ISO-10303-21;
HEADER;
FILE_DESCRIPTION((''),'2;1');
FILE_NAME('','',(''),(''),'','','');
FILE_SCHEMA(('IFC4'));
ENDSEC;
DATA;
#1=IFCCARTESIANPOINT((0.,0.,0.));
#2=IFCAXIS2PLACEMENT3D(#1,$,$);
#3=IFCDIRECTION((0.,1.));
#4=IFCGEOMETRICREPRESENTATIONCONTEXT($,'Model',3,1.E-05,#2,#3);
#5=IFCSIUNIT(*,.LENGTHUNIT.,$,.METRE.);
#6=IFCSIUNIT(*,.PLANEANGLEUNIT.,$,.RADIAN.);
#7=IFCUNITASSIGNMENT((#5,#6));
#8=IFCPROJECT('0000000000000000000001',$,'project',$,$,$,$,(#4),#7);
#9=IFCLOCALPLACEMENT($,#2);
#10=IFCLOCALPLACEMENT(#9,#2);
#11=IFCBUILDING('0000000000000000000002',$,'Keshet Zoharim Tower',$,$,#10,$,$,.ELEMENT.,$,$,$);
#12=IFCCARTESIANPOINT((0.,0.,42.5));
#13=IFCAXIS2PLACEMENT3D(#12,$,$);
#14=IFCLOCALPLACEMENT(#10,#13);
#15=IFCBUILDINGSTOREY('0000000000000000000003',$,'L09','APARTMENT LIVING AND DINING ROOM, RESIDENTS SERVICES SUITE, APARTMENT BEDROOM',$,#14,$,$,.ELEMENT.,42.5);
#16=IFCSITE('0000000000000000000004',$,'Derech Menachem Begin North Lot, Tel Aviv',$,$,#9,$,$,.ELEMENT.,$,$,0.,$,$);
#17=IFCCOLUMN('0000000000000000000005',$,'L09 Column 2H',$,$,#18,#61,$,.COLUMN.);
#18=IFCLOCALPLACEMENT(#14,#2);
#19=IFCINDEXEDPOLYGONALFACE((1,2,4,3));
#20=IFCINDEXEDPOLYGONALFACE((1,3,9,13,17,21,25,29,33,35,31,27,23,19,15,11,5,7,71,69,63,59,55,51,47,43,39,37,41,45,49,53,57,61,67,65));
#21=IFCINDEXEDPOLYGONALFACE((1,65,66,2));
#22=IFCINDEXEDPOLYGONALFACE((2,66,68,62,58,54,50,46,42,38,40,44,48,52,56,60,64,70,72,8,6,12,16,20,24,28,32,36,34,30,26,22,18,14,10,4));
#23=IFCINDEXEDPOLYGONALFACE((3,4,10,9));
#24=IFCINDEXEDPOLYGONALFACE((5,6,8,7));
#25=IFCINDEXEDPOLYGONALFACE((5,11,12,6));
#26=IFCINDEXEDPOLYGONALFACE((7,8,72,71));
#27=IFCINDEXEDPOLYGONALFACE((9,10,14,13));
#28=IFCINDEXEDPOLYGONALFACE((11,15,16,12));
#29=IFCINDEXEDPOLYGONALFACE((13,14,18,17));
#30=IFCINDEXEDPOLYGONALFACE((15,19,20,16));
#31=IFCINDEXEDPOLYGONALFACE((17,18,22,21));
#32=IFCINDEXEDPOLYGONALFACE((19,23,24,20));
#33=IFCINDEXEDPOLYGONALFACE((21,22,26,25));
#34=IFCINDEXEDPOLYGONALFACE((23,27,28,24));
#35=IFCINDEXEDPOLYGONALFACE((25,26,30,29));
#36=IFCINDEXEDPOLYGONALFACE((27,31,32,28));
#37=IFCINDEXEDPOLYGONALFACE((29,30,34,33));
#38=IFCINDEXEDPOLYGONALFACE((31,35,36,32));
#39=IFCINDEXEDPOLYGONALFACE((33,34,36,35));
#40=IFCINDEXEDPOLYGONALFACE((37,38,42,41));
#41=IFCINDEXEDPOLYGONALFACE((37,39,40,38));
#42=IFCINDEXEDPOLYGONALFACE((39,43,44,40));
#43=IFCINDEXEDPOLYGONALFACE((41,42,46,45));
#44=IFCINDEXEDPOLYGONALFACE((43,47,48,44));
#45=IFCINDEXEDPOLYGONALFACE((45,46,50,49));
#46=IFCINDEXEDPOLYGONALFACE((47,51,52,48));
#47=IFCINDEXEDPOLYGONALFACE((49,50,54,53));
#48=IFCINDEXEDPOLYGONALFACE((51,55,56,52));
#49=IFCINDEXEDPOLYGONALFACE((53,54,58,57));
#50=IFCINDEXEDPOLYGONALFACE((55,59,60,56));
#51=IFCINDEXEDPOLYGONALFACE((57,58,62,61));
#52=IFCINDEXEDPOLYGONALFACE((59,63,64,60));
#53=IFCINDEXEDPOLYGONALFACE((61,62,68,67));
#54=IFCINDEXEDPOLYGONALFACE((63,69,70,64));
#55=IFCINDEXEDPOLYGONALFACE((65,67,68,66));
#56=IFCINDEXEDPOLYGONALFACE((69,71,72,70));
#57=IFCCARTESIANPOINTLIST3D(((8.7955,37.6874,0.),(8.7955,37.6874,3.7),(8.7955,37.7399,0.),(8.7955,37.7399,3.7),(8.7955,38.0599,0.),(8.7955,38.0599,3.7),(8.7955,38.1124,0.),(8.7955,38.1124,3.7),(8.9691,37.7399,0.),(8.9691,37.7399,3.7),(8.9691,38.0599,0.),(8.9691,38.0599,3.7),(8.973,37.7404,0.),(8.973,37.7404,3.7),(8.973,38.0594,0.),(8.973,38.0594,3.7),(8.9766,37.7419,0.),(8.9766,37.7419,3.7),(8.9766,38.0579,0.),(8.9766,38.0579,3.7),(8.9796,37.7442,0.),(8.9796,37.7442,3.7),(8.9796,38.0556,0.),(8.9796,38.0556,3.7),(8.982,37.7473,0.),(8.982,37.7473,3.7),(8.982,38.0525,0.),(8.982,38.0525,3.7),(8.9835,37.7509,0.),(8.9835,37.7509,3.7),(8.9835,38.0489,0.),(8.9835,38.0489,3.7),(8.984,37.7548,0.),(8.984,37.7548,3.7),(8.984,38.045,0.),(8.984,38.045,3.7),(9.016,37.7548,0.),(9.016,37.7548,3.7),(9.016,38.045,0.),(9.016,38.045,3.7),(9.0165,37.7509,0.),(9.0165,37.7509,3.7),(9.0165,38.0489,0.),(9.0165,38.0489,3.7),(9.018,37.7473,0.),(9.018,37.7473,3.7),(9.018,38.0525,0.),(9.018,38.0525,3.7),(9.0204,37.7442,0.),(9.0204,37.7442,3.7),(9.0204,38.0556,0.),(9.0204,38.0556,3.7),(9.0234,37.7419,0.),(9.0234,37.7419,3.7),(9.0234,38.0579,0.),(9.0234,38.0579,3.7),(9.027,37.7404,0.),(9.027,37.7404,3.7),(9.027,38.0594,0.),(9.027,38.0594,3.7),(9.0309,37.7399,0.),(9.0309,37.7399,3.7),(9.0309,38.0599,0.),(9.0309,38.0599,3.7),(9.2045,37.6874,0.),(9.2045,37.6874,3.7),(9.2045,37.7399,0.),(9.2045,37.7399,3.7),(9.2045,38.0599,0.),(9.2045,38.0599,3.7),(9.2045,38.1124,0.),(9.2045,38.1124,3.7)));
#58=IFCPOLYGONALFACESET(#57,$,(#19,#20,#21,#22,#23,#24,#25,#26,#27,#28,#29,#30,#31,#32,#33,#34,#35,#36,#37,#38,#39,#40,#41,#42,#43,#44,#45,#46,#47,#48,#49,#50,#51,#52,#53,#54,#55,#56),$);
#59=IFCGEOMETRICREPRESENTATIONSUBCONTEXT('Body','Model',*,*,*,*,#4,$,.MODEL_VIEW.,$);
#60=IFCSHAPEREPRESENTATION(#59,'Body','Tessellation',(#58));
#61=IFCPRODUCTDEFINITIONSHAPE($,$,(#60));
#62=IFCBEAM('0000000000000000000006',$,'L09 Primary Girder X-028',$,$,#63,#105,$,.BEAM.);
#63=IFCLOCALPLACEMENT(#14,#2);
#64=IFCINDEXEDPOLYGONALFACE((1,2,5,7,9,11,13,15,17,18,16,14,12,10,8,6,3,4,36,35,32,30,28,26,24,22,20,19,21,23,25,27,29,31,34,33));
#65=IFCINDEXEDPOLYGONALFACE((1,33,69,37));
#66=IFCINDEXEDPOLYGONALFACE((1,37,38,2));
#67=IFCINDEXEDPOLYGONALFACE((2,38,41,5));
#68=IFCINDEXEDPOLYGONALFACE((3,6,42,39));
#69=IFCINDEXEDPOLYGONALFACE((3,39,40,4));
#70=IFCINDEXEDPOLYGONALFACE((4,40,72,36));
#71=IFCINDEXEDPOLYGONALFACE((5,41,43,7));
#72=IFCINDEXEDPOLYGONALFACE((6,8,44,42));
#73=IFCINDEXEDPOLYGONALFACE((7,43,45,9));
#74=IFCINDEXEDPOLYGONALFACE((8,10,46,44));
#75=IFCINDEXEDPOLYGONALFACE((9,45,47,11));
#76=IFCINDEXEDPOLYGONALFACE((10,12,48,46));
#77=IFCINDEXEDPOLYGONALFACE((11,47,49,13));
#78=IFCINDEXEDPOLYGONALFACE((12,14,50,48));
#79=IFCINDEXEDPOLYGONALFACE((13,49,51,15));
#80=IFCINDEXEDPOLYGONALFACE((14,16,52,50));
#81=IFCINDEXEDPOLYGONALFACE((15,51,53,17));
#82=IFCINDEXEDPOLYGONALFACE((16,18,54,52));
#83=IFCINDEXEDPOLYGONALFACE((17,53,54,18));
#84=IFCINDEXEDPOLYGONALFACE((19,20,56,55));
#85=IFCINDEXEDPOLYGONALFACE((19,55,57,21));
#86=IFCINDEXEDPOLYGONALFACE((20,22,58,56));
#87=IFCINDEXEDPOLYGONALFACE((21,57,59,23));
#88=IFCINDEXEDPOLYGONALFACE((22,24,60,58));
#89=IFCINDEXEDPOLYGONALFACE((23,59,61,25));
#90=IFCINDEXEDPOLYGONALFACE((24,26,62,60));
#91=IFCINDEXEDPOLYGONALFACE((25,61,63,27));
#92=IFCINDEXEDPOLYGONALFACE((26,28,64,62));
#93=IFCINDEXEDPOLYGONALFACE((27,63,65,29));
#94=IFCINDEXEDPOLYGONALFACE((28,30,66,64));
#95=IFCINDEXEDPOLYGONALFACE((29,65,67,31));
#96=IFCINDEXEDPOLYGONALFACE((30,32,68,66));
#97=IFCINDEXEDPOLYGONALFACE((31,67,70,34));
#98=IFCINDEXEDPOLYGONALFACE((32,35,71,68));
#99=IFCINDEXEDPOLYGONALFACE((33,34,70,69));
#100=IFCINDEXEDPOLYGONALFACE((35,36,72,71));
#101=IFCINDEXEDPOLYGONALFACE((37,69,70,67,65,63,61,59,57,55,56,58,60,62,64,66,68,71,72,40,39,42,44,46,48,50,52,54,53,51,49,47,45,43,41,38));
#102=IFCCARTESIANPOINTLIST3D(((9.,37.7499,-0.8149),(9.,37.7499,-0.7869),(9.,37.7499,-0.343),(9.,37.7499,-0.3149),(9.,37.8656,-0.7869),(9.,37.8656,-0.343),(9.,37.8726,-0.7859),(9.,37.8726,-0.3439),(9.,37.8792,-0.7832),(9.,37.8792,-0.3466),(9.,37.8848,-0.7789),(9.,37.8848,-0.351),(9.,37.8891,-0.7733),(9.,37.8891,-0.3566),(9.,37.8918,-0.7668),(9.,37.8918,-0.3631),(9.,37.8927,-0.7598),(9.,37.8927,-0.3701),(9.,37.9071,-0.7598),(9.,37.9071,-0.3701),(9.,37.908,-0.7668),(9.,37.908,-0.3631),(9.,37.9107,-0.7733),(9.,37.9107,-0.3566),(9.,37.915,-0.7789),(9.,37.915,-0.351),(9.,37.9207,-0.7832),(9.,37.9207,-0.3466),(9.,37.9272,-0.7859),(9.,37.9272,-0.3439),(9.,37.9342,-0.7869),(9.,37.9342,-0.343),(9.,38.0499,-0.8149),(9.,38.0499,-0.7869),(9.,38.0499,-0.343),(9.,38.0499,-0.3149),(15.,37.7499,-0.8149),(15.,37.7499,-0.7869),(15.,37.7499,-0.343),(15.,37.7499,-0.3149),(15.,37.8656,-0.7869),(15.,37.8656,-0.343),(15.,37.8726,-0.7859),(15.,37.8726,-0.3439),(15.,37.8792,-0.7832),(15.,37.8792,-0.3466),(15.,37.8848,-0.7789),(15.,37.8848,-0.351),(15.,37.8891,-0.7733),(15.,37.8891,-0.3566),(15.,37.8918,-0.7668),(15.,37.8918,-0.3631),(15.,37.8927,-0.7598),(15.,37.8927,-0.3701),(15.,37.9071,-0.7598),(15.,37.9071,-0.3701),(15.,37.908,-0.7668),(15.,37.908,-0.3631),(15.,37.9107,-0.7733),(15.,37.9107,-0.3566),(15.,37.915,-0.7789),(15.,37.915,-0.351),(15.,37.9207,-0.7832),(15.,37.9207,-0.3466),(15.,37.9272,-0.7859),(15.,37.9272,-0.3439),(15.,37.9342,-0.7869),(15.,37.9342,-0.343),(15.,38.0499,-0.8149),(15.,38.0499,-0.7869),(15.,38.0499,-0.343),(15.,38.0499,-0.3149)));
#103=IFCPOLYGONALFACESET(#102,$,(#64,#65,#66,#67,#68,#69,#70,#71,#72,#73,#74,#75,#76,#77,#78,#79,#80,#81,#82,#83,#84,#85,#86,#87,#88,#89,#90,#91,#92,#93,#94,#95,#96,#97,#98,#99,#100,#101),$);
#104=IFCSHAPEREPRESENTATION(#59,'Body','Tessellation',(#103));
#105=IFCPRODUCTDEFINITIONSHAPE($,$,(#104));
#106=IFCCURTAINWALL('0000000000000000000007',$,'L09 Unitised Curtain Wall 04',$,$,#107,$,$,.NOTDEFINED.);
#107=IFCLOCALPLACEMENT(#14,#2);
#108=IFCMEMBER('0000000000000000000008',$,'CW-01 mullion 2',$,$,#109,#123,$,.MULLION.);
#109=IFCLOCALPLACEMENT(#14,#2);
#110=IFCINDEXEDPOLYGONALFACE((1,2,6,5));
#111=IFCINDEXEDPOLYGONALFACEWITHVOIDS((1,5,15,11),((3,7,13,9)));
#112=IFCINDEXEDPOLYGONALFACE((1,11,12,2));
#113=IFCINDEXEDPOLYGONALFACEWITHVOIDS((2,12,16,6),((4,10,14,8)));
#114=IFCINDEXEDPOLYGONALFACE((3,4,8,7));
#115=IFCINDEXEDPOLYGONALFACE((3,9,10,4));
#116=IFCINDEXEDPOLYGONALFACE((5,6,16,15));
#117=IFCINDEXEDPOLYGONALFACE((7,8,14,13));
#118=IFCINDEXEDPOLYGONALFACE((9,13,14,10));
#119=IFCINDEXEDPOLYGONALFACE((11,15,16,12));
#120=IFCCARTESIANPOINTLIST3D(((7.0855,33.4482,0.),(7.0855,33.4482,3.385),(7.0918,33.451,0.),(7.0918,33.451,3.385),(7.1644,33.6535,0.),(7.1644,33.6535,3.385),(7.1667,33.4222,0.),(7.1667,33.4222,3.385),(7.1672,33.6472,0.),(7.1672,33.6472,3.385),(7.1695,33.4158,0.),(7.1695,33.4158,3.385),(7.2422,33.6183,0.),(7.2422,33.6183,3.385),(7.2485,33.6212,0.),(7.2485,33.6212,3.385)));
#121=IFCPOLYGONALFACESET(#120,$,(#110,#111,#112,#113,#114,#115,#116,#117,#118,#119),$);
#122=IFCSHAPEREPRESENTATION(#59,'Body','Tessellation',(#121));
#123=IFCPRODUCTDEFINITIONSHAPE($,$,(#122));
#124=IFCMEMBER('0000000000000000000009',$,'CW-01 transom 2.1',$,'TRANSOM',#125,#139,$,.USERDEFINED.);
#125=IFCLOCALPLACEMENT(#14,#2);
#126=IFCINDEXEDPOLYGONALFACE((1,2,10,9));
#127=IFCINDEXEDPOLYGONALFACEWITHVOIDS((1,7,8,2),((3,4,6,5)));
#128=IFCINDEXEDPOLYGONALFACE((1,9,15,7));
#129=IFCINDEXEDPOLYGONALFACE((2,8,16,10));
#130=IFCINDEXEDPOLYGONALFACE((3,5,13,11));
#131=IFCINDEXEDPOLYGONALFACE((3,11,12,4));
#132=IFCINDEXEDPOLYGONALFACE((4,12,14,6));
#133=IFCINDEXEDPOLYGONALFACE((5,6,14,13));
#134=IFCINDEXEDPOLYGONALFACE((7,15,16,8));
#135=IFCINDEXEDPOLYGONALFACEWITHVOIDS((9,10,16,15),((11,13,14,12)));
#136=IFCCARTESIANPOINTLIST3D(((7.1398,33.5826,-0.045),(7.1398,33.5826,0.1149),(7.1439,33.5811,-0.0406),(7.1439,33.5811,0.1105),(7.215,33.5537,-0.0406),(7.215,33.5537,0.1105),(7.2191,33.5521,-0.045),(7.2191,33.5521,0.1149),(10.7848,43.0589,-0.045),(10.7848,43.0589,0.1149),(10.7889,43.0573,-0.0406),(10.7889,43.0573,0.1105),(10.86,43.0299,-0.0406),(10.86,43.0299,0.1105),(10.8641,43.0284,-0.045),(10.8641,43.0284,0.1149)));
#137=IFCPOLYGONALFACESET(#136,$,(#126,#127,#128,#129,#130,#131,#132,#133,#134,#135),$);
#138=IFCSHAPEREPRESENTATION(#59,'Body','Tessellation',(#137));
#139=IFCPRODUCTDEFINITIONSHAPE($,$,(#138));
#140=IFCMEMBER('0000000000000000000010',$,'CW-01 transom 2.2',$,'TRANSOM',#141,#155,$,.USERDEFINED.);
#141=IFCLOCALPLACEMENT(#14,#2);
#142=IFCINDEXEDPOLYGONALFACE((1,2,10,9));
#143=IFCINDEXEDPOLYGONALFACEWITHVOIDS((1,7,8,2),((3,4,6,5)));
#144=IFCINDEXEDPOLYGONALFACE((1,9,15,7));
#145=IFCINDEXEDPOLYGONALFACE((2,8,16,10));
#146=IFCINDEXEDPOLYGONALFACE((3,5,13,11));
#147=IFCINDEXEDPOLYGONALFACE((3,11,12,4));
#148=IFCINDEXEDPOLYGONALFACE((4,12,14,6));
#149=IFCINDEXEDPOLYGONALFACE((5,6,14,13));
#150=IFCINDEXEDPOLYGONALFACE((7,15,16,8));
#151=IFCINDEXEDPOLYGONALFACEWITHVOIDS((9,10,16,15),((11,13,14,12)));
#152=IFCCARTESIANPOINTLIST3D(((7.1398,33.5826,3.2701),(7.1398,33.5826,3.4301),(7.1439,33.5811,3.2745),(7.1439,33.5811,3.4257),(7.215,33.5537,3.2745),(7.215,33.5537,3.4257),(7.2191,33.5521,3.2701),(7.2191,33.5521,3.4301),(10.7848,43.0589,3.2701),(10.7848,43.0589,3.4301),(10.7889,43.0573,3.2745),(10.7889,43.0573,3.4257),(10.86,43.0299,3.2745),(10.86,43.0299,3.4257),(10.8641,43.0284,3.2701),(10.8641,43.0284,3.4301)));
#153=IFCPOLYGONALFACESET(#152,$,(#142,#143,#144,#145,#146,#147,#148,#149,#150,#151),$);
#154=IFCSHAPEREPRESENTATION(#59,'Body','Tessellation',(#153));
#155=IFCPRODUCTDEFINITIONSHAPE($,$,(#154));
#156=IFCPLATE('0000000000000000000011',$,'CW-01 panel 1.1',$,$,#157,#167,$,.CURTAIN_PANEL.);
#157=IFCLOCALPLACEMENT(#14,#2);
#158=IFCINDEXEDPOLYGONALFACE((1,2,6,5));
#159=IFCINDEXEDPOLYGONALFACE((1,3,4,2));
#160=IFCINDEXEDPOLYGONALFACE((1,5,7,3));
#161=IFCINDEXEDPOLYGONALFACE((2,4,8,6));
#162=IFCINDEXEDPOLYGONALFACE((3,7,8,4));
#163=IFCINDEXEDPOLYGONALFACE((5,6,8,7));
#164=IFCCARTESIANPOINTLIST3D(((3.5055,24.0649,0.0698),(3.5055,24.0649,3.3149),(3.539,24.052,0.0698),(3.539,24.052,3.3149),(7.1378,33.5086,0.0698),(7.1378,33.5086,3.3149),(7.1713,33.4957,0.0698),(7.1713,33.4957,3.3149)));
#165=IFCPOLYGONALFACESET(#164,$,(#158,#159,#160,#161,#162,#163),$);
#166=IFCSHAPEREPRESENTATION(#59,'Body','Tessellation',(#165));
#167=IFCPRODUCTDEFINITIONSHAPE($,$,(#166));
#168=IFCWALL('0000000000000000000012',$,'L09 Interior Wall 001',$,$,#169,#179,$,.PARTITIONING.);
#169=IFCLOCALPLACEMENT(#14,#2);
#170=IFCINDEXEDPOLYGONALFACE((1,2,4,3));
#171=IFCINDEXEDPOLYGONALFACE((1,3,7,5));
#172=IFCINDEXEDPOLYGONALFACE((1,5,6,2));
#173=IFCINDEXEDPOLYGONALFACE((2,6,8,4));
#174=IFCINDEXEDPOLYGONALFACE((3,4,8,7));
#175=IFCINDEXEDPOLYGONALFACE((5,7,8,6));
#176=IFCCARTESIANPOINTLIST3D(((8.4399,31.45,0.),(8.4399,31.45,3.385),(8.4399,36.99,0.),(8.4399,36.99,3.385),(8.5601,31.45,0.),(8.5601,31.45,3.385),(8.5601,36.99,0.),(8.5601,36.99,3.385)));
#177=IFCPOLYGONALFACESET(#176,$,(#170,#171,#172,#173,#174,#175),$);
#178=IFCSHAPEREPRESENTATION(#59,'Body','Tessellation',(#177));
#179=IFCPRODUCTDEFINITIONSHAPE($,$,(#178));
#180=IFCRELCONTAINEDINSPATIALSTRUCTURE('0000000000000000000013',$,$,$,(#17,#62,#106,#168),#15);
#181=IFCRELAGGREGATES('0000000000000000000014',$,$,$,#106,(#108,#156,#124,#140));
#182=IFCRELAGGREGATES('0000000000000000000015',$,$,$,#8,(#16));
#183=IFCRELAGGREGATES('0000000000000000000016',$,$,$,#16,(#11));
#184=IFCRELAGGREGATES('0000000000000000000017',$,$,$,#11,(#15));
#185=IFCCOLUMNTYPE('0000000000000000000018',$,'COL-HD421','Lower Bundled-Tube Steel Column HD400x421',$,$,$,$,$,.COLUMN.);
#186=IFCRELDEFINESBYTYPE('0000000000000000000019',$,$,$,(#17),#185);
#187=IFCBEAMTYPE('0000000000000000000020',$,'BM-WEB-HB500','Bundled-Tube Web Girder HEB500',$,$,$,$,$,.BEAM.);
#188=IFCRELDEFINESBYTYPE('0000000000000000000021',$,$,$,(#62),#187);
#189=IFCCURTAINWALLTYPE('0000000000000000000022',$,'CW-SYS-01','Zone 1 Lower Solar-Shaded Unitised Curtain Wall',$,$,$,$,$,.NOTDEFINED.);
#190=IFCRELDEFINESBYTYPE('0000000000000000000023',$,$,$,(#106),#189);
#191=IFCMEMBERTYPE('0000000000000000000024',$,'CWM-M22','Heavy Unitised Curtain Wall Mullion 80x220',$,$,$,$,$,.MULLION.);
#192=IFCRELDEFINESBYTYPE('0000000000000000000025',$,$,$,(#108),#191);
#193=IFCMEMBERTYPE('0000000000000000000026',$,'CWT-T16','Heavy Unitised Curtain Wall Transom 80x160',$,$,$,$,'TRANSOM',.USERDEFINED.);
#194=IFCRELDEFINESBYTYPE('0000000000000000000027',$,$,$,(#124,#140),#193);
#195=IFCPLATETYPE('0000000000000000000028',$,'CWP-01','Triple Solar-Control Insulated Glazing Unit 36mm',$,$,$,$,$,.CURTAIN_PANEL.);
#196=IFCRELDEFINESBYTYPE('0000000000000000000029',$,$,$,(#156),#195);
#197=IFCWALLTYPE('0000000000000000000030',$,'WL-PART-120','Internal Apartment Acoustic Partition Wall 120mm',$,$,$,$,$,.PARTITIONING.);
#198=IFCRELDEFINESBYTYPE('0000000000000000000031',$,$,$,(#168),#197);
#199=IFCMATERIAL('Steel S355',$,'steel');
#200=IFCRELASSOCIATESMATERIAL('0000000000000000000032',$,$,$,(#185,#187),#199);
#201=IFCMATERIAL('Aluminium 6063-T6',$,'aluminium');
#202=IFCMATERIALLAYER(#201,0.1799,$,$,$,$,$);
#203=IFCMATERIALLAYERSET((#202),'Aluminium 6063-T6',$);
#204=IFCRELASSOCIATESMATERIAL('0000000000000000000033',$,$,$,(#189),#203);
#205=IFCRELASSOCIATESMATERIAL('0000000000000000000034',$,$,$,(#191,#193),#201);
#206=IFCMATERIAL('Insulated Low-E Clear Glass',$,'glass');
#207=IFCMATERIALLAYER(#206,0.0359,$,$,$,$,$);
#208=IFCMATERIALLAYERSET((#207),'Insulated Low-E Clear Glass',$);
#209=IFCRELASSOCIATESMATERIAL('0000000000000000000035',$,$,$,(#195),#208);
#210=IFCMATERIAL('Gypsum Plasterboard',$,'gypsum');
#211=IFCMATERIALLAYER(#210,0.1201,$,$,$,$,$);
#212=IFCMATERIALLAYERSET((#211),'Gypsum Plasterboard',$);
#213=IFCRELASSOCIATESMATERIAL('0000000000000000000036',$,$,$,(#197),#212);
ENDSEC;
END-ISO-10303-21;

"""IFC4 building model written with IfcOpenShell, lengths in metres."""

from ifc_helpers import new_model, si_unit, direction, frame, frame_2d, origin, origin_2d, place, context, subcontext, project, spatial, rectangle, hollow_rectangle, i_section, extrude, material, layer, layer_set, material_profile, profile_set, type_object, element, aggregate, save


model = new_model("IFC4")

# Units and contexts
model_context = context("Model", 3, precision=1e-05, world=origin(), true_north=direction((0.0, 1.0)))
body_context = subcontext(model_context, "Body", "Model", "MODEL_VIEW")
ifc_project = project(units=[si_unit("LENGTHUNIT", "METRE"), si_unit("PLANEANGLEUNIT", "RADIAN")], contexts=[model_context])

# Site, building, storey
site_placement = place(None, origin())
site = spatial("IfcSite", under=ifc_project, at=site_placement, Name="Derech Menachem Begin North Lot, Tel Aviv", CompositionType="ELEMENT", RefElevation=0.0)
building_placement = place(site_placement, origin())
building = spatial("IfcBuilding", under=site, at=building_placement, Name="Keshet Zoharim Tower", CompositionType="ELEMENT")
storey_placement = place(building_placement, frame((0.0, 0.0, 42.5)))
storey = spatial("IfcBuildingStorey", under=building, at=storey_placement, Name="L09", Description="APARTMENT LIVING AND DINING ROOM, RESIDENTS SERVICES SUITE, APARTMENT BEDROOM", CompositionType="ELEMENT", Elevation=42.5)

# Column
ifc_material_1 = material(Name="Steel S355", Category="steel")
ifc_material_profile_1 = material_profile(ifc_material_1, i_section(OverallWidth=0.4089, OverallDepth=0.425, WebThickness=0.032, FlangeThickness=0.0525, FilletRadius=0.0149, at=origin_2d()), Name="HD400x421")
ifc_profile_set_1 = profile_set([ifc_material_profile_1], Name="Steel S355")
column_type = type_object("IfcColumnType", Name="COL-HD421", Description="Lower Bundled-Tube Steel Column HD400x421", PredefinedType="COLUMN", material=ifc_profile_set_1)
column_placement = place(storey_placement, frame((9.0, 37.8999, 0.0), z_axis=(0.0, 0.0, 1.0), x_axis=(1.0, 0.0, 0.0)))
element("IfcColumn", 1, at=column_placement, inside=storey, type_object=column_type, Name="L09 Column 2H", PredefinedType="COLUMN", context=body_context, shape_type="SweptSolid", body=[
    extrude(i_section(OverallWidth=0.4089, OverallDepth=0.425, WebThickness=0.032, FlangeThickness=0.0525, FilletRadius=0.0149, at=origin_2d()), origin(), (0.0, 0.0, 1.0), 3.7),
])

# Beam
ifc_material_profile_2 = material_profile(ifc_material_1, i_section(OverallWidth=0.3, OverallDepth=0.5, WebThickness=0.0144, FlangeThickness=0.0281, FilletRadius=0.0271, at=origin_2d()), Name="HEB500")
ifc_profile_set_2 = profile_set([ifc_material_profile_2], Name="Steel S355")
beam_type = type_object("IfcBeamType", Name="BM-WEB-HB500", Description="Bundled-Tube Web Girder HEB500", PredefinedType="BEAM", material=ifc_profile_set_2)
beam_placement = place(storey_placement, frame((9.0, 37.8999, -0.5649), z_axis=(1.0, 0.0, 0.0), x_axis=(0.0, 1.0, 0.0)))
element("IfcBeam", 2, at=beam_placement, inside=storey, type_object=beam_type, Name="L09 Primary Girder X-028", PredefinedType="BEAM", context=body_context, shape_type="SweptSolid", body=[
    extrude(i_section(OverallWidth=0.3, OverallDepth=0.5, WebThickness=0.0144, FlangeThickness=0.0281, FilletRadius=0.0271, at=origin_2d()), origin(), (0.0, 0.0, 1.0), 6.0),
])

# Curtain wall, members, plate
ifc_material_2 = material(Name="Aluminium 6063-T6", Category="aluminium")
ifc_layer_1 = layer(ifc_material_2, 0.1799)
ifc_layer_set_1 = layer_set([ifc_layer_1], Name="Aluminium 6063-T6")
curtain_wall_type = type_object("IfcCurtainWallType", Name="CW-SYS-01", Description="Zone 1 Lower Solar-Shaded Unitised Curtain Wall", PredefinedType="NOTDEFINED", material=ifc_layer_set_1)
curtain_wall_placement = place(storey_placement, origin())
curtain_wall = element("IfcCurtainWall", 3, at=curtain_wall_placement, inside=storey, type_object=curtain_wall_type, Name="L09 Unitised Curtain Wall 04", PredefinedType="NOTDEFINED")
ifc_material_profile_3 = material_profile(ifc_material_2, hollow_rectangle(XDim=0.0901, YDim=0.22, WallThickness=0.0049, at=origin_2d()), Name="MUL-90x220")
ifc_profile_set_3 = profile_set([ifc_material_profile_3], Name="Aluminium 6063-T6")
member_type_1 = type_object("IfcMemberType", Name="CWM-M22", Description="Heavy Unitised Curtain Wall Mullion 80x220", PredefinedType="MULLION", material=ifc_profile_set_3)
member_1_placement = place(storey_placement, frame((7.167, 33.5347, 0.0), z_axis=(0.0, 0.0, 1.0), x_axis=(-0.933341, 0.35899, 0.0)))
member_1 = element("IfcMember", 4, at=member_1_placement, type_object=member_type_1, Name="CW-01 mullion 2", PredefinedType="MULLION", context=body_context, shape_type="SweptSolid", body=[
    extrude(hollow_rectangle(XDim=0.0901, YDim=0.22, WallThickness=0.0049, at=origin_2d()), origin(), (0.0, 0.0, 1.0), 3.385),
])
ifc_material_profile_4 = material_profile(ifc_material_2, hollow_rectangle(XDim=0.085, YDim=0.1599, WallThickness=0.0044, at=origin_2d()), Name="TRN-85x160")
ifc_profile_set_4 = profile_set([ifc_material_profile_4], Name="Aluminium 6063-T6")
member_type_2 = type_object("IfcMemberType", Name="CWT-T16", Description="Heavy Unitised Curtain Wall Transom 80x160", ElementType="TRANSOM", PredefinedType="USERDEFINED", material=ifc_profile_set_4)
member_2_placement = place(storey_placement, frame((7.1794, 33.5674, 0.0349), z_axis=(0.359003, 0.933336, 0.0), x_axis=(-0.933336, 0.359003, 0.0)))
member_2 = element("IfcMember", 5, at=member_2_placement, type_object=member_type_2, Name="CW-01 transom 2.1", ObjectType="TRANSOM", PredefinedType="USERDEFINED", context=body_context, shape_type="SweptSolid", body=[
    extrude(hollow_rectangle(XDim=0.085, YDim=0.1599, WallThickness=0.0044, at=origin_2d()), origin(), (0.0, 0.0, 1.0), 10.1531),
])
member_3_placement = place(storey_placement, frame((7.1794, 33.5674, 3.3501), z_axis=(0.359003, 0.933336, 0.0), x_axis=(-0.933336, 0.359003, 0.0)))
member_3 = element("IfcMember", 6, at=member_3_placement, type_object=member_type_2, Name="CW-01 transom 2.2", ObjectType="TRANSOM", PredefinedType="USERDEFINED", context=body_context, shape_type="SweptSolid", body=[
    extrude(hollow_rectangle(XDim=0.085, YDim=0.1599, WallThickness=0.0044, at=origin_2d()), origin(), (0.0, 0.0, 1.0), 10.1531),
])
ifc_material_3 = material(Name="Insulated Low-E Clear Glass", Category="glass")
ifc_layer_2 = layer(ifc_material_3, 0.0359)
ifc_layer_set_2 = layer_set([ifc_layer_2], Name="Insulated Low-E Clear Glass")
plate_type = type_object("IfcPlateType", Name="CWP-01", Description="Triple Solar-Control Insulated Glazing Unit 36mm", PredefinedType="CURTAIN_PANEL", material=ifc_layer_set_2)
plate_placement = place(storey_placement, frame((5.3384, 28.7803, 0.0698), z_axis=(0.0, 0.0, 1.0), x_axis=(0.35899, 0.933341, 0.0)))
plate = element("IfcPlate", 7, at=plate_placement, type_object=plate_type, Name="CW-01 panel 1.1", PredefinedType="CURTAIN_PANEL", context=body_context, shape_type="SweptSolid", body=[
    extrude(rectangle(XDim=10.1182, YDim=0.0359, at=origin_2d()), origin(), (0.0, 0.0, 1.0), 3.2451),
])
aggregate(curtain_wall, [member_1, plate, member_2, member_3])

# Wall
ifc_material_4 = material(Name="Gypsum Plasterboard", Category="gypsum")
ifc_layer_3 = layer(ifc_material_4, 0.1201)
ifc_layer_set_3 = layer_set([ifc_layer_3], Name="Gypsum Plasterboard")
wall_type_1 = type_object("IfcWallType", Name="WL-PART-120", Description="Internal Apartment Acoustic Partition Wall 120mm", PredefinedType="PARTITIONING", material=ifc_layer_set_3)
wall_1_placement = place(storey_placement, frame((8.5, 31.45, 0.0), z_axis=(0.0, 0.0, 1.0), x_axis=(0.0, 1.0, 0.0)))
element("IfcWall", 8, at=wall_1_placement, inside=storey, type_object=wall_type_1, Name="L09 Interior Wall 001", PredefinedType="PARTITIONING", context=body_context, shape_type="SweptSolid", body=[
    extrude(rectangle(XDim=5.54, YDim=0.1201, at=frame_2d((2.77, 0.0))), origin(), (0.0, 0.0, 1.0), 3.385),
])

save(model, "model.ifc")
